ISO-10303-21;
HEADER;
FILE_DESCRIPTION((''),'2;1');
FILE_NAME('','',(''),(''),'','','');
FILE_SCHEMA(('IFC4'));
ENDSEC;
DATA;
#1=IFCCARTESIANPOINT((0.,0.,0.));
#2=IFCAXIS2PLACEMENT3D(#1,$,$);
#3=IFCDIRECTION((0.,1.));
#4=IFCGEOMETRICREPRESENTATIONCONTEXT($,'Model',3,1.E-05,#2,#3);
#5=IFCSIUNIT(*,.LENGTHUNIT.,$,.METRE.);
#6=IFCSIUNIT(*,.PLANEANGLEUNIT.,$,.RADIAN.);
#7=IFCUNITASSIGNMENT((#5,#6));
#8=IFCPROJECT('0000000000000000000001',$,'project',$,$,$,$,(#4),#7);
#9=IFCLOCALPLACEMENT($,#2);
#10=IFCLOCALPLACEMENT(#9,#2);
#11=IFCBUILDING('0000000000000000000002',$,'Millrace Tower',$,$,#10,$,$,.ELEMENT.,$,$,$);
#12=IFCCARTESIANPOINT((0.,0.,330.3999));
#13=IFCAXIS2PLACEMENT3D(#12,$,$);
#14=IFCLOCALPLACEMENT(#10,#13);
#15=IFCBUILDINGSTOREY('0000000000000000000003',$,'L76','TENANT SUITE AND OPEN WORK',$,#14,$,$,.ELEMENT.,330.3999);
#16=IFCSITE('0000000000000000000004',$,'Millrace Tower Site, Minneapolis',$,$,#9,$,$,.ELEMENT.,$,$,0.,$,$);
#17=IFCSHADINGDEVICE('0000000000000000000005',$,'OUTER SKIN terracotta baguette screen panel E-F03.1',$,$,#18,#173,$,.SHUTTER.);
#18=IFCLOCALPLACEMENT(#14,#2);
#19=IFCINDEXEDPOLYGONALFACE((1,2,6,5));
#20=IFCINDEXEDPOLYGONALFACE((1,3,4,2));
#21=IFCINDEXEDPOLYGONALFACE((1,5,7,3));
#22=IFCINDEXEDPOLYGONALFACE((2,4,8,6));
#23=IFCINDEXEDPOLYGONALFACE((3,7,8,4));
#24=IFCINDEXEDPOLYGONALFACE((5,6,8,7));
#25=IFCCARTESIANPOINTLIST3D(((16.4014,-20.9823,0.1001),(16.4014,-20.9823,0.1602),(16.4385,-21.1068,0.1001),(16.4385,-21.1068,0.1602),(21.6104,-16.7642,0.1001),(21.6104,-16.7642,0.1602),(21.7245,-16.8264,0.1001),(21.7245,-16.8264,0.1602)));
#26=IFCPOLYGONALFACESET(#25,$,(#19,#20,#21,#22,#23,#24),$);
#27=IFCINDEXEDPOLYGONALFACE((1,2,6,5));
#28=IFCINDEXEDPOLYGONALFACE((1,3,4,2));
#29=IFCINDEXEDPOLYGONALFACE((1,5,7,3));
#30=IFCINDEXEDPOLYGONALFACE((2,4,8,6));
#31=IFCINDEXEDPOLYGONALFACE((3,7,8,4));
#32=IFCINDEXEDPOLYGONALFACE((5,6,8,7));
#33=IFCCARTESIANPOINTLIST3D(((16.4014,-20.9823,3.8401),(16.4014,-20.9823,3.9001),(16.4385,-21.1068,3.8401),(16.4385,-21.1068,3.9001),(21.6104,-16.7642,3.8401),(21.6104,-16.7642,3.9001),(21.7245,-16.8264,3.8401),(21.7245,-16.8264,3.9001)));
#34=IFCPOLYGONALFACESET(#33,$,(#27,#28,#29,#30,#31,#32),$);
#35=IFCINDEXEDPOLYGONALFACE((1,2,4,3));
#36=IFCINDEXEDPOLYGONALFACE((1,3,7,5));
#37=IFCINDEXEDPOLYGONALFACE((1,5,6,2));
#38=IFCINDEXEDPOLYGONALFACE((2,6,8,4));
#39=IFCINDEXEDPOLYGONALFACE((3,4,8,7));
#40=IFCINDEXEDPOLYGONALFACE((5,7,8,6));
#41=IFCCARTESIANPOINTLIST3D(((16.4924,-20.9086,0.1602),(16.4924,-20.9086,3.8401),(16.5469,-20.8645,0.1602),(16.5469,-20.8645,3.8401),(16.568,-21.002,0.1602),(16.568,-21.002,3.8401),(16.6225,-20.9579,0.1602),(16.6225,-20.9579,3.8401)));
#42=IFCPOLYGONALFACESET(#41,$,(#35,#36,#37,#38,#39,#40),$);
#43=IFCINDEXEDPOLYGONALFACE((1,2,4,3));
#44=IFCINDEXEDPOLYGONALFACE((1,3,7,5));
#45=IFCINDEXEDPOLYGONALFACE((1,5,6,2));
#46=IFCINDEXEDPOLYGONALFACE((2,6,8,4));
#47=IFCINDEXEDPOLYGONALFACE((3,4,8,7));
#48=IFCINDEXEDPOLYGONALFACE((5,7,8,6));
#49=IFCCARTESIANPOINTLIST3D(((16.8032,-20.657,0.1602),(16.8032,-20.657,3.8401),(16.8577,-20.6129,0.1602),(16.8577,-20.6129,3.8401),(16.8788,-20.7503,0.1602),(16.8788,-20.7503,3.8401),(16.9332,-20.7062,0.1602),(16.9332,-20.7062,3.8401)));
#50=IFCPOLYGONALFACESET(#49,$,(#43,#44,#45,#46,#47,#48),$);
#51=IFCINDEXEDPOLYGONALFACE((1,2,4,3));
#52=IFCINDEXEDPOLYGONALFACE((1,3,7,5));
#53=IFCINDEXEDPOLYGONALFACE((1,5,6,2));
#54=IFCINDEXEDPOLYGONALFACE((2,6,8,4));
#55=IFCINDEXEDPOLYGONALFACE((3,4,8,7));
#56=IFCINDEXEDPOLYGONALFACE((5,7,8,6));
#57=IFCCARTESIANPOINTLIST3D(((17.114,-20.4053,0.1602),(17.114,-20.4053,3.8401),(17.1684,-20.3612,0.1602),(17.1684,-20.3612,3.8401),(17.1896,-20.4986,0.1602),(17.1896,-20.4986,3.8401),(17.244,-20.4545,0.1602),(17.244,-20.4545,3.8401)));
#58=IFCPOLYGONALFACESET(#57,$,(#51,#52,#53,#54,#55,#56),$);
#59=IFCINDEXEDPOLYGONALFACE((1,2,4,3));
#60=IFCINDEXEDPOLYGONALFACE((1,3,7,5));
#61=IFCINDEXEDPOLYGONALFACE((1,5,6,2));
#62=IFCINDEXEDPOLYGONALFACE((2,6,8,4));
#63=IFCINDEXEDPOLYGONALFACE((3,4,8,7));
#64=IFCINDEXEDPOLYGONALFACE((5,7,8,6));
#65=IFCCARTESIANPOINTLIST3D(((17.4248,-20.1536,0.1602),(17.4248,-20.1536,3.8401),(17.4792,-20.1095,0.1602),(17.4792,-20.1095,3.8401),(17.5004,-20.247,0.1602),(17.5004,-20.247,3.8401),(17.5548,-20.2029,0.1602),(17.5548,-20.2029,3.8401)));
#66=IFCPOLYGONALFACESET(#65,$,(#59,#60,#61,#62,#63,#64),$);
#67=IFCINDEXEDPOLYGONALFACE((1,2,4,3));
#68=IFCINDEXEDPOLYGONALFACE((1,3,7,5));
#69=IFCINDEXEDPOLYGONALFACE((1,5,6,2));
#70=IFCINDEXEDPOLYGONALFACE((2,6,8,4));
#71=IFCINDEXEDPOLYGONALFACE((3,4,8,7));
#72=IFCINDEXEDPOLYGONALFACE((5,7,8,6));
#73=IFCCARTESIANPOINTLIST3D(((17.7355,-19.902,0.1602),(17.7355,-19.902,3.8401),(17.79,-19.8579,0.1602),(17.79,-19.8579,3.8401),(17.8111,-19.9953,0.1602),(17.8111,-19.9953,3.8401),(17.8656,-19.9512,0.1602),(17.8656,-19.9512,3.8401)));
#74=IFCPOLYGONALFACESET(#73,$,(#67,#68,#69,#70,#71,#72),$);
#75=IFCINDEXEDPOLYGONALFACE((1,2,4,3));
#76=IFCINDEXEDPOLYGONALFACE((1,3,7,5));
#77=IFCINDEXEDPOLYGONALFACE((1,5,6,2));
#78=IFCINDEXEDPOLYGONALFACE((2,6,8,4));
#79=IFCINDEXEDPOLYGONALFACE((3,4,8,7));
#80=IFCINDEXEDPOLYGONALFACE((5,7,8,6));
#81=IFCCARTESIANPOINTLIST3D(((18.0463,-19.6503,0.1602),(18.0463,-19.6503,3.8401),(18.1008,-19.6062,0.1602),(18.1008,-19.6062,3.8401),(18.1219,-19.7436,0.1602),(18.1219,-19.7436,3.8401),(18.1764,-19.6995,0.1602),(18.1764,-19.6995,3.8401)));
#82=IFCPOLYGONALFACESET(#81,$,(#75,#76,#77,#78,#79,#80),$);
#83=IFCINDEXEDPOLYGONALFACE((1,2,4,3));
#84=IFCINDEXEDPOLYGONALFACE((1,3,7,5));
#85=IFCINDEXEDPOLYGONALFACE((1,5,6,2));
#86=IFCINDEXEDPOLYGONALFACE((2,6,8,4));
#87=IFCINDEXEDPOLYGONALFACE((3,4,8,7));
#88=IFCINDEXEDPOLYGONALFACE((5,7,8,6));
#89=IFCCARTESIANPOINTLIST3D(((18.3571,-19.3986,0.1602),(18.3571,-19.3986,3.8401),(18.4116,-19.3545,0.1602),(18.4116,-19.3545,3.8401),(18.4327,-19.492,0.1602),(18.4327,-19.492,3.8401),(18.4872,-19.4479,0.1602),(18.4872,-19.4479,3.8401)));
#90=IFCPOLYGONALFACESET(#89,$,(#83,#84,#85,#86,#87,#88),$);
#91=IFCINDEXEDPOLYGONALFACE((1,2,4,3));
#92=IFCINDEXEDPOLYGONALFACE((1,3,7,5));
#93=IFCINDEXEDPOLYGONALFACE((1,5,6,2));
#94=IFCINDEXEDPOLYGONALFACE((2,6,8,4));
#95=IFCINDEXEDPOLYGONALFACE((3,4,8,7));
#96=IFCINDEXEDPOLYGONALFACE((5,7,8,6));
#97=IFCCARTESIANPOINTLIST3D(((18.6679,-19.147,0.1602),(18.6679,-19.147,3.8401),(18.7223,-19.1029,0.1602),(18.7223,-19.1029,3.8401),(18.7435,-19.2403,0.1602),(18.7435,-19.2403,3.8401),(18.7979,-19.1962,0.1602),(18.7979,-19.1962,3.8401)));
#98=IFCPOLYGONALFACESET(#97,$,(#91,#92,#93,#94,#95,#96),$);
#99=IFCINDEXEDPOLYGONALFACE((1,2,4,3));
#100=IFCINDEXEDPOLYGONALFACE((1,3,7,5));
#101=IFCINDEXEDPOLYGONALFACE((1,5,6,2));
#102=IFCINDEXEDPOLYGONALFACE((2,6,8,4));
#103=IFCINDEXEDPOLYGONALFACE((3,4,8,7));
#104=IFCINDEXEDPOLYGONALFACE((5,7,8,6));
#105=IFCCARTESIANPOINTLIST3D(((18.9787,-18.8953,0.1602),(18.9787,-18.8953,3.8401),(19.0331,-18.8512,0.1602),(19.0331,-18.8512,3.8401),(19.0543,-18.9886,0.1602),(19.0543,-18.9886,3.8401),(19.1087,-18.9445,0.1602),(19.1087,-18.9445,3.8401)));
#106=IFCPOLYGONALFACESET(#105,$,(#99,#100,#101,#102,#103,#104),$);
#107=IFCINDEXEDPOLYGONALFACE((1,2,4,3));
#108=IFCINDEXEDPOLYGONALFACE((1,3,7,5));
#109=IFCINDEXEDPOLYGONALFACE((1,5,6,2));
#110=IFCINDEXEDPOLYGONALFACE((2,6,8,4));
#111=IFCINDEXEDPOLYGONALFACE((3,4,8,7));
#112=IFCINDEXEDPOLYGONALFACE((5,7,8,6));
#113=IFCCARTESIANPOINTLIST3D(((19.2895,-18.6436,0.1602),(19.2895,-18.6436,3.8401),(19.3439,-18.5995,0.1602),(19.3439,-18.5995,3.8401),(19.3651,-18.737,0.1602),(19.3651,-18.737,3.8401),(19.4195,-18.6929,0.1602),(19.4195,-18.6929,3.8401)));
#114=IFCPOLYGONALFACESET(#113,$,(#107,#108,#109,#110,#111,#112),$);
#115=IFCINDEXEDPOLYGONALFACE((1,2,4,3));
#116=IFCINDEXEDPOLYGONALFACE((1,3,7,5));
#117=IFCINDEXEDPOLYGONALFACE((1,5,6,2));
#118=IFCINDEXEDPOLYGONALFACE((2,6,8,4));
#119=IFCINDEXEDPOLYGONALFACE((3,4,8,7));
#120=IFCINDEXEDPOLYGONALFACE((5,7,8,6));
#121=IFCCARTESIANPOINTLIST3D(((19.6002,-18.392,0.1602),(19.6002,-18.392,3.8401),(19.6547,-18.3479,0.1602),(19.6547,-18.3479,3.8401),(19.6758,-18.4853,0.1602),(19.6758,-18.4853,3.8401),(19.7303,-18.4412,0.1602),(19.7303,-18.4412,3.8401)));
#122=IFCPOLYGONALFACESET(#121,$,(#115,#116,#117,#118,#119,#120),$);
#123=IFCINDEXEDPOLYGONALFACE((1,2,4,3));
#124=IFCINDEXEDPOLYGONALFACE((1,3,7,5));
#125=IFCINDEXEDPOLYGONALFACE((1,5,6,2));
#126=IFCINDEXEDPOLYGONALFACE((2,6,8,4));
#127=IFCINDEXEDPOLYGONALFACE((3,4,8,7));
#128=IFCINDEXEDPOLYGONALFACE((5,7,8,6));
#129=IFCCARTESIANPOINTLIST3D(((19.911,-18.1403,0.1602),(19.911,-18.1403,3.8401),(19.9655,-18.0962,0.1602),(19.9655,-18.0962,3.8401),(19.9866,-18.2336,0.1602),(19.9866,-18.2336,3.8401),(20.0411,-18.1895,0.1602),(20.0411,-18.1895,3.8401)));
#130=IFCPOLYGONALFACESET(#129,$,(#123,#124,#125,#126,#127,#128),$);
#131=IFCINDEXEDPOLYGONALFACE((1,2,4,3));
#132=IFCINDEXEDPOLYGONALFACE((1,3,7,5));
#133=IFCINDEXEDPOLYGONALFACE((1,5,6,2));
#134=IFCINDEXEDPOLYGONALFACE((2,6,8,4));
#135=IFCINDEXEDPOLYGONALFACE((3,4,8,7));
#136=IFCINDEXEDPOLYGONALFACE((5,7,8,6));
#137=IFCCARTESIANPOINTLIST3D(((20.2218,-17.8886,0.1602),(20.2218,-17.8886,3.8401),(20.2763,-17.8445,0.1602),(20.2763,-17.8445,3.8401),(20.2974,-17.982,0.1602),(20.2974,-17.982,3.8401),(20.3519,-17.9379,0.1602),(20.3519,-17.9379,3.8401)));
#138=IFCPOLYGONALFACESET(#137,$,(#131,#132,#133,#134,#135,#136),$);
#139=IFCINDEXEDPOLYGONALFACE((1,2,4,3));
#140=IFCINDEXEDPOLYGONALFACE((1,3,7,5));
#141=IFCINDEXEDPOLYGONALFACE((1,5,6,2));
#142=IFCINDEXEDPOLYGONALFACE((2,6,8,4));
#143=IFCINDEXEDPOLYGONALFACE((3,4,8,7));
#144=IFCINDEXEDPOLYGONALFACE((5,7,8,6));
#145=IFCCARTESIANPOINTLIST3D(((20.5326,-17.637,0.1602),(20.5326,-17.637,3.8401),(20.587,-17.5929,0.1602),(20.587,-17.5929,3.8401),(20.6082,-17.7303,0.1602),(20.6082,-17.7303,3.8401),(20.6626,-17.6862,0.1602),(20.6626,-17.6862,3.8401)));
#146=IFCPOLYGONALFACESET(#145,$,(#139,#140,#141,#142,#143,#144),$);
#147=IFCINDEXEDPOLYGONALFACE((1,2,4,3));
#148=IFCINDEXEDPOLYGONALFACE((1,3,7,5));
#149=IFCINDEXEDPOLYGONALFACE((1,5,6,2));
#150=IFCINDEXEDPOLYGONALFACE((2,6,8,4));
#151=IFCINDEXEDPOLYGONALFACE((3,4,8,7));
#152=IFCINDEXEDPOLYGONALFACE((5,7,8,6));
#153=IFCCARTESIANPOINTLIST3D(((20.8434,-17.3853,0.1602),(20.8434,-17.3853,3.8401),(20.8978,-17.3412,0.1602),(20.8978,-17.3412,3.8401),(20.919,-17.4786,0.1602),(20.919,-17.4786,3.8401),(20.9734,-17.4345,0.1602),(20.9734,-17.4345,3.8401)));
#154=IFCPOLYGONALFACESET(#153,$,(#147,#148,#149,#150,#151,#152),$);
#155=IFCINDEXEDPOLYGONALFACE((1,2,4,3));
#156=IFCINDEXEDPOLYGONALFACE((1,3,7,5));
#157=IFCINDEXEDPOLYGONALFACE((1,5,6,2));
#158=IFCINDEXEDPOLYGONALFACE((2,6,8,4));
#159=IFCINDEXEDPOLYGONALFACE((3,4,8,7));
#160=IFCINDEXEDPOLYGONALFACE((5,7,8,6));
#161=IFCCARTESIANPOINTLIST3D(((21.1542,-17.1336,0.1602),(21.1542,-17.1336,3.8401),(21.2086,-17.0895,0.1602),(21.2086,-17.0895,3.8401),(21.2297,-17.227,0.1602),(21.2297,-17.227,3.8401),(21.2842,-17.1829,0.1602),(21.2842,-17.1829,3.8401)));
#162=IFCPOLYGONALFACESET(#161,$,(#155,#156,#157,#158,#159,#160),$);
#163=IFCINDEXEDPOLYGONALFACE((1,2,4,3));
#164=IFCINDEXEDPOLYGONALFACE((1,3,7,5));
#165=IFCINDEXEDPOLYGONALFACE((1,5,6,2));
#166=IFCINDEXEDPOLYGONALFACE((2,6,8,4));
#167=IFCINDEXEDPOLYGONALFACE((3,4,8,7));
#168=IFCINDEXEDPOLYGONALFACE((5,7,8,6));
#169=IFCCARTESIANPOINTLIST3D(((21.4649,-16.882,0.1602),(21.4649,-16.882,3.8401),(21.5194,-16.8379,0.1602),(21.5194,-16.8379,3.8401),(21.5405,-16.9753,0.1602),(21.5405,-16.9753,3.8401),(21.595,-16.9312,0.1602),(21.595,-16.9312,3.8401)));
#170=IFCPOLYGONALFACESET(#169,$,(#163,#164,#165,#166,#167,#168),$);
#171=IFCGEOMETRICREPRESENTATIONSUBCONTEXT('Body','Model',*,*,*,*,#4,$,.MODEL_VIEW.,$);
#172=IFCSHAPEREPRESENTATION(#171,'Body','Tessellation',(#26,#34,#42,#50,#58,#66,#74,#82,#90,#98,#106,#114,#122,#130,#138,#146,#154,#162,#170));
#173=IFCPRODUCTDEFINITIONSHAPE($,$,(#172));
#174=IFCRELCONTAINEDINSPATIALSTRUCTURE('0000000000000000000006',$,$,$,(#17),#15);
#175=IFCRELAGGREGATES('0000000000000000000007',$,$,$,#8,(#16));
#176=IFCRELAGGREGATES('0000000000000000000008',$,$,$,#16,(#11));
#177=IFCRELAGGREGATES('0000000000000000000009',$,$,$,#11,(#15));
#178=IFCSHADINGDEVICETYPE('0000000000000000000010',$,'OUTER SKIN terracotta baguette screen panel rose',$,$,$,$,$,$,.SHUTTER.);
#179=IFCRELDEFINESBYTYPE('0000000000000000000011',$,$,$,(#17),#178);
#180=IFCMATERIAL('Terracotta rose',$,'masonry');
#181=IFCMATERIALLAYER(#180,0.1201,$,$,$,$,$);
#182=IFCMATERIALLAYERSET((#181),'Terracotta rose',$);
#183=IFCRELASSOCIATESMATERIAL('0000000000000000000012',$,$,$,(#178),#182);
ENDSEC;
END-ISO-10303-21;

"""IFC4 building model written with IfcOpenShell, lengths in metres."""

from ifc_helpers import new_model, entity, si_unit, direction, frame, frame_2d, origin, origin_2d, place, context, subcontext, project, spatial, rectangle, extrude, source, transform, mapped, material, layer, layer_set, type_object, element, save


model = new_model("IFC4")

# Units and contexts
model_context = context("Model", 3, precision=1e-05, world=origin(), true_north=direction((0.0, 1.0)))
body_context = subcontext(model_context, "Body", "Model", "MODEL_VIEW")
ifc_project = project(units=[si_unit("LENGTHUNIT", "METRE"), si_unit("PLANEANGLEUNIT", "RADIAN")], contexts=[model_context])

# Site, building, storey
site_placement = place(None, origin())
site = spatial("IfcSite", under=ifc_project, at=site_placement, Name="Millrace Tower Site, Minneapolis", CompositionType="ELEMENT", RefElevation=0.0)
building_placement = place(site_placement, origin())
building = spatial("IfcBuilding", under=site, at=building_placement, Name="Millrace Tower", CompositionType="ELEMENT")
storey_placement = place(building_placement, frame((0.0, 0.0, 330.3999)))
storey = spatial("IfcBuildingStorey", under=building, at=storey_placement, Name="L76", Description="TENANT SUITE AND OPEN WORK", CompositionType="ELEMENT", Elevation=330.3999)

# Shading device
ifc_material_1 = material(Name="Terracotta rose", Category="masonry")
ifc_layer_1 = layer(ifc_material_1, 0.1201)
ifc_layer_set_1 = layer_set([ifc_layer_1], Name="Terracotta rose")
shading_device_type = type_object("IfcShadingDeviceType", Name="OUTER SKIN terracotta baguette screen panel rose", PredefinedType="SHUTTER", material=ifc_layer_set_1)
cartesian_point_1 = entity("IfcCartesianPoint", [-3.3513, 0.0601])
shared_polyline_1 = entity("IfcPolyline", [cartesian_point_1, entity("IfcCartesianPoint", [3.3513, 0.0601]), entity("IfcCartesianPoint", [3.4009, -0.0601]), entity("IfcCartesianPoint", [-3.4009, -0.0601]), cartesian_point_1])
shared_shape_1 = source(origin(), body_context, "Body", "SweptSolid", [
    entity("IfcExtrudedAreaSolid", entity("IfcArbitraryClosedProfileDef", "AREA", None, shared_polyline_1), entity("IfcAxis2Placement3D", entity("IfcCartesianPoint", [0.0, 0.0, 0.0])), entity("IfcDirection", [0.0, 0.0, 1.0]), 0.0601),
    entity("IfcExtrudedAreaSolid", entity("IfcArbitraryClosedProfileDef", "AREA", None, shared_polyline_1), entity("IfcAxis2Placement3D", entity("IfcCartesianPoint", [0.0, 0.0, 3.74])), entity("IfcDirection", [0.0, 0.0, 1.0]), 0.0601),
    extrude(rectangle(XDim=0.0701, YDim=0.1201, at=frame_2d((-3.1992, 0.0))), frame((0.0, 0.0, 0.0601)), (0.0, 0.0, 1.0), 3.6799),
    extrude(rectangle(XDim=0.0701, YDim=0.1201, at=frame_2d((-2.7993, 0.0))), frame((0.0, 0.0, 0.0601)), (0.0, 0.0, 1.0), 3.6799),
    extrude(rectangle(XDim=0.0701, YDim=0.1201, at=frame_2d((-2.3994, 0.0))), frame((0.0, 0.0, 0.0601)), (0.0, 0.0, 1.0), 3.6799),
    extrude(rectangle(XDim=0.0701, YDim=0.1201, at=frame_2d((-1.9995, 0.0))), frame((0.0, 0.0, 0.0601)), (0.0, 0.0, 1.0), 3.6799),
    extrude(rectangle(XDim=0.0701, YDim=0.1201, at=frame_2d((-1.5996, 0.0))), frame((0.0, 0.0, 0.0601)), (0.0, 0.0, 1.0), 3.6799),
    extrude(rectangle(XDim=0.0701, YDim=0.1201, at=frame_2d((-1.1997, 0.0))), frame((0.0, 0.0, 0.0601)), (0.0, 0.0, 1.0), 3.6799),
    extrude(rectangle(XDim=0.0701, YDim=0.1201, at=frame_2d((-0.7998, 0.0))), frame((0.0, 0.0, 0.0601)), (0.0, 0.0, 1.0), 3.6799),
    extrude(rectangle(XDim=0.0701, YDim=0.1201, at=frame_2d((-0.3999, 0.0))), frame((0.0, 0.0, 0.0601)), (0.0, 0.0, 1.0), 3.6799),
    extrude(rectangle(XDim=0.0701, YDim=0.1201, at=origin_2d()), frame((0.0, 0.0, 0.0601)), (0.0, 0.0, 1.0), 3.6799),
    extrude(rectangle(XDim=0.0701, YDim=0.1201, at=frame_2d((0.3999, 0.0))), frame((0.0, 0.0, 0.0601)), (0.0, 0.0, 1.0), 3.6799),
    extrude(rectangle(XDim=0.0701, YDim=0.1201, at=frame_2d((0.7998, 0.0))), frame((0.0, 0.0, 0.0601)), (0.0, 0.0, 1.0), 3.6799),
    extrude(rectangle(XDim=0.0701, YDim=0.1201, at=frame_2d((1.1997, 0.0))), frame((0.0, 0.0, 0.0601)), (0.0, 0.0, 1.0), 3.6799),
    extrude(rectangle(XDim=0.0701, YDim=0.1201, at=frame_2d((1.5996, 0.0))), frame((0.0, 0.0, 0.0601)), (0.0, 0.0, 1.0), 3.6799),
    extrude(rectangle(XDim=0.0701, YDim=0.1201, at=frame_2d((1.9995, 0.0))), frame((0.0, 0.0, 0.0601)), (0.0, 0.0, 1.0), 3.6799),
    extrude(rectangle(XDim=0.0701, YDim=0.1201, at=frame_2d((2.3994, 0.0))), frame((0.0, 0.0, 0.0601)), (0.0, 0.0, 1.0), 3.6799),
    extrude(rectangle(XDim=0.0701, YDim=0.1201, at=frame_2d((2.7993, 0.0))), frame((0.0, 0.0, 0.0601)), (0.0, 0.0, 1.0), 3.6799),
    extrude(rectangle(XDim=0.0701, YDim=0.1201, at=frame_2d((3.1992, 0.0))), frame((0.0, 0.0, 0.0601)), (0.0, 0.0, 1.0), 3.6799),
])
shading_device_1_placement = place(storey_placement, frame((19.0437, -18.9199, 0.1001), z_axis=(0.0, 0.0, 1.0), x_axis=(0.777146, 0.62932, 0.0)))
element("IfcShadingDevice", 1, at=shading_device_1_placement, inside=storey, type_object=shading_device_type, Name="OUTER SKIN terracotta baguette screen panel E-F03.1", PredefinedType="SHUTTER", context=body_context, shape_type="MappedRepresentation", body=[
    mapped(shared_shape_1, transform((0.0, 0.0, 0.0), scale=1.0)),
])

save(model, "model.ifc")
